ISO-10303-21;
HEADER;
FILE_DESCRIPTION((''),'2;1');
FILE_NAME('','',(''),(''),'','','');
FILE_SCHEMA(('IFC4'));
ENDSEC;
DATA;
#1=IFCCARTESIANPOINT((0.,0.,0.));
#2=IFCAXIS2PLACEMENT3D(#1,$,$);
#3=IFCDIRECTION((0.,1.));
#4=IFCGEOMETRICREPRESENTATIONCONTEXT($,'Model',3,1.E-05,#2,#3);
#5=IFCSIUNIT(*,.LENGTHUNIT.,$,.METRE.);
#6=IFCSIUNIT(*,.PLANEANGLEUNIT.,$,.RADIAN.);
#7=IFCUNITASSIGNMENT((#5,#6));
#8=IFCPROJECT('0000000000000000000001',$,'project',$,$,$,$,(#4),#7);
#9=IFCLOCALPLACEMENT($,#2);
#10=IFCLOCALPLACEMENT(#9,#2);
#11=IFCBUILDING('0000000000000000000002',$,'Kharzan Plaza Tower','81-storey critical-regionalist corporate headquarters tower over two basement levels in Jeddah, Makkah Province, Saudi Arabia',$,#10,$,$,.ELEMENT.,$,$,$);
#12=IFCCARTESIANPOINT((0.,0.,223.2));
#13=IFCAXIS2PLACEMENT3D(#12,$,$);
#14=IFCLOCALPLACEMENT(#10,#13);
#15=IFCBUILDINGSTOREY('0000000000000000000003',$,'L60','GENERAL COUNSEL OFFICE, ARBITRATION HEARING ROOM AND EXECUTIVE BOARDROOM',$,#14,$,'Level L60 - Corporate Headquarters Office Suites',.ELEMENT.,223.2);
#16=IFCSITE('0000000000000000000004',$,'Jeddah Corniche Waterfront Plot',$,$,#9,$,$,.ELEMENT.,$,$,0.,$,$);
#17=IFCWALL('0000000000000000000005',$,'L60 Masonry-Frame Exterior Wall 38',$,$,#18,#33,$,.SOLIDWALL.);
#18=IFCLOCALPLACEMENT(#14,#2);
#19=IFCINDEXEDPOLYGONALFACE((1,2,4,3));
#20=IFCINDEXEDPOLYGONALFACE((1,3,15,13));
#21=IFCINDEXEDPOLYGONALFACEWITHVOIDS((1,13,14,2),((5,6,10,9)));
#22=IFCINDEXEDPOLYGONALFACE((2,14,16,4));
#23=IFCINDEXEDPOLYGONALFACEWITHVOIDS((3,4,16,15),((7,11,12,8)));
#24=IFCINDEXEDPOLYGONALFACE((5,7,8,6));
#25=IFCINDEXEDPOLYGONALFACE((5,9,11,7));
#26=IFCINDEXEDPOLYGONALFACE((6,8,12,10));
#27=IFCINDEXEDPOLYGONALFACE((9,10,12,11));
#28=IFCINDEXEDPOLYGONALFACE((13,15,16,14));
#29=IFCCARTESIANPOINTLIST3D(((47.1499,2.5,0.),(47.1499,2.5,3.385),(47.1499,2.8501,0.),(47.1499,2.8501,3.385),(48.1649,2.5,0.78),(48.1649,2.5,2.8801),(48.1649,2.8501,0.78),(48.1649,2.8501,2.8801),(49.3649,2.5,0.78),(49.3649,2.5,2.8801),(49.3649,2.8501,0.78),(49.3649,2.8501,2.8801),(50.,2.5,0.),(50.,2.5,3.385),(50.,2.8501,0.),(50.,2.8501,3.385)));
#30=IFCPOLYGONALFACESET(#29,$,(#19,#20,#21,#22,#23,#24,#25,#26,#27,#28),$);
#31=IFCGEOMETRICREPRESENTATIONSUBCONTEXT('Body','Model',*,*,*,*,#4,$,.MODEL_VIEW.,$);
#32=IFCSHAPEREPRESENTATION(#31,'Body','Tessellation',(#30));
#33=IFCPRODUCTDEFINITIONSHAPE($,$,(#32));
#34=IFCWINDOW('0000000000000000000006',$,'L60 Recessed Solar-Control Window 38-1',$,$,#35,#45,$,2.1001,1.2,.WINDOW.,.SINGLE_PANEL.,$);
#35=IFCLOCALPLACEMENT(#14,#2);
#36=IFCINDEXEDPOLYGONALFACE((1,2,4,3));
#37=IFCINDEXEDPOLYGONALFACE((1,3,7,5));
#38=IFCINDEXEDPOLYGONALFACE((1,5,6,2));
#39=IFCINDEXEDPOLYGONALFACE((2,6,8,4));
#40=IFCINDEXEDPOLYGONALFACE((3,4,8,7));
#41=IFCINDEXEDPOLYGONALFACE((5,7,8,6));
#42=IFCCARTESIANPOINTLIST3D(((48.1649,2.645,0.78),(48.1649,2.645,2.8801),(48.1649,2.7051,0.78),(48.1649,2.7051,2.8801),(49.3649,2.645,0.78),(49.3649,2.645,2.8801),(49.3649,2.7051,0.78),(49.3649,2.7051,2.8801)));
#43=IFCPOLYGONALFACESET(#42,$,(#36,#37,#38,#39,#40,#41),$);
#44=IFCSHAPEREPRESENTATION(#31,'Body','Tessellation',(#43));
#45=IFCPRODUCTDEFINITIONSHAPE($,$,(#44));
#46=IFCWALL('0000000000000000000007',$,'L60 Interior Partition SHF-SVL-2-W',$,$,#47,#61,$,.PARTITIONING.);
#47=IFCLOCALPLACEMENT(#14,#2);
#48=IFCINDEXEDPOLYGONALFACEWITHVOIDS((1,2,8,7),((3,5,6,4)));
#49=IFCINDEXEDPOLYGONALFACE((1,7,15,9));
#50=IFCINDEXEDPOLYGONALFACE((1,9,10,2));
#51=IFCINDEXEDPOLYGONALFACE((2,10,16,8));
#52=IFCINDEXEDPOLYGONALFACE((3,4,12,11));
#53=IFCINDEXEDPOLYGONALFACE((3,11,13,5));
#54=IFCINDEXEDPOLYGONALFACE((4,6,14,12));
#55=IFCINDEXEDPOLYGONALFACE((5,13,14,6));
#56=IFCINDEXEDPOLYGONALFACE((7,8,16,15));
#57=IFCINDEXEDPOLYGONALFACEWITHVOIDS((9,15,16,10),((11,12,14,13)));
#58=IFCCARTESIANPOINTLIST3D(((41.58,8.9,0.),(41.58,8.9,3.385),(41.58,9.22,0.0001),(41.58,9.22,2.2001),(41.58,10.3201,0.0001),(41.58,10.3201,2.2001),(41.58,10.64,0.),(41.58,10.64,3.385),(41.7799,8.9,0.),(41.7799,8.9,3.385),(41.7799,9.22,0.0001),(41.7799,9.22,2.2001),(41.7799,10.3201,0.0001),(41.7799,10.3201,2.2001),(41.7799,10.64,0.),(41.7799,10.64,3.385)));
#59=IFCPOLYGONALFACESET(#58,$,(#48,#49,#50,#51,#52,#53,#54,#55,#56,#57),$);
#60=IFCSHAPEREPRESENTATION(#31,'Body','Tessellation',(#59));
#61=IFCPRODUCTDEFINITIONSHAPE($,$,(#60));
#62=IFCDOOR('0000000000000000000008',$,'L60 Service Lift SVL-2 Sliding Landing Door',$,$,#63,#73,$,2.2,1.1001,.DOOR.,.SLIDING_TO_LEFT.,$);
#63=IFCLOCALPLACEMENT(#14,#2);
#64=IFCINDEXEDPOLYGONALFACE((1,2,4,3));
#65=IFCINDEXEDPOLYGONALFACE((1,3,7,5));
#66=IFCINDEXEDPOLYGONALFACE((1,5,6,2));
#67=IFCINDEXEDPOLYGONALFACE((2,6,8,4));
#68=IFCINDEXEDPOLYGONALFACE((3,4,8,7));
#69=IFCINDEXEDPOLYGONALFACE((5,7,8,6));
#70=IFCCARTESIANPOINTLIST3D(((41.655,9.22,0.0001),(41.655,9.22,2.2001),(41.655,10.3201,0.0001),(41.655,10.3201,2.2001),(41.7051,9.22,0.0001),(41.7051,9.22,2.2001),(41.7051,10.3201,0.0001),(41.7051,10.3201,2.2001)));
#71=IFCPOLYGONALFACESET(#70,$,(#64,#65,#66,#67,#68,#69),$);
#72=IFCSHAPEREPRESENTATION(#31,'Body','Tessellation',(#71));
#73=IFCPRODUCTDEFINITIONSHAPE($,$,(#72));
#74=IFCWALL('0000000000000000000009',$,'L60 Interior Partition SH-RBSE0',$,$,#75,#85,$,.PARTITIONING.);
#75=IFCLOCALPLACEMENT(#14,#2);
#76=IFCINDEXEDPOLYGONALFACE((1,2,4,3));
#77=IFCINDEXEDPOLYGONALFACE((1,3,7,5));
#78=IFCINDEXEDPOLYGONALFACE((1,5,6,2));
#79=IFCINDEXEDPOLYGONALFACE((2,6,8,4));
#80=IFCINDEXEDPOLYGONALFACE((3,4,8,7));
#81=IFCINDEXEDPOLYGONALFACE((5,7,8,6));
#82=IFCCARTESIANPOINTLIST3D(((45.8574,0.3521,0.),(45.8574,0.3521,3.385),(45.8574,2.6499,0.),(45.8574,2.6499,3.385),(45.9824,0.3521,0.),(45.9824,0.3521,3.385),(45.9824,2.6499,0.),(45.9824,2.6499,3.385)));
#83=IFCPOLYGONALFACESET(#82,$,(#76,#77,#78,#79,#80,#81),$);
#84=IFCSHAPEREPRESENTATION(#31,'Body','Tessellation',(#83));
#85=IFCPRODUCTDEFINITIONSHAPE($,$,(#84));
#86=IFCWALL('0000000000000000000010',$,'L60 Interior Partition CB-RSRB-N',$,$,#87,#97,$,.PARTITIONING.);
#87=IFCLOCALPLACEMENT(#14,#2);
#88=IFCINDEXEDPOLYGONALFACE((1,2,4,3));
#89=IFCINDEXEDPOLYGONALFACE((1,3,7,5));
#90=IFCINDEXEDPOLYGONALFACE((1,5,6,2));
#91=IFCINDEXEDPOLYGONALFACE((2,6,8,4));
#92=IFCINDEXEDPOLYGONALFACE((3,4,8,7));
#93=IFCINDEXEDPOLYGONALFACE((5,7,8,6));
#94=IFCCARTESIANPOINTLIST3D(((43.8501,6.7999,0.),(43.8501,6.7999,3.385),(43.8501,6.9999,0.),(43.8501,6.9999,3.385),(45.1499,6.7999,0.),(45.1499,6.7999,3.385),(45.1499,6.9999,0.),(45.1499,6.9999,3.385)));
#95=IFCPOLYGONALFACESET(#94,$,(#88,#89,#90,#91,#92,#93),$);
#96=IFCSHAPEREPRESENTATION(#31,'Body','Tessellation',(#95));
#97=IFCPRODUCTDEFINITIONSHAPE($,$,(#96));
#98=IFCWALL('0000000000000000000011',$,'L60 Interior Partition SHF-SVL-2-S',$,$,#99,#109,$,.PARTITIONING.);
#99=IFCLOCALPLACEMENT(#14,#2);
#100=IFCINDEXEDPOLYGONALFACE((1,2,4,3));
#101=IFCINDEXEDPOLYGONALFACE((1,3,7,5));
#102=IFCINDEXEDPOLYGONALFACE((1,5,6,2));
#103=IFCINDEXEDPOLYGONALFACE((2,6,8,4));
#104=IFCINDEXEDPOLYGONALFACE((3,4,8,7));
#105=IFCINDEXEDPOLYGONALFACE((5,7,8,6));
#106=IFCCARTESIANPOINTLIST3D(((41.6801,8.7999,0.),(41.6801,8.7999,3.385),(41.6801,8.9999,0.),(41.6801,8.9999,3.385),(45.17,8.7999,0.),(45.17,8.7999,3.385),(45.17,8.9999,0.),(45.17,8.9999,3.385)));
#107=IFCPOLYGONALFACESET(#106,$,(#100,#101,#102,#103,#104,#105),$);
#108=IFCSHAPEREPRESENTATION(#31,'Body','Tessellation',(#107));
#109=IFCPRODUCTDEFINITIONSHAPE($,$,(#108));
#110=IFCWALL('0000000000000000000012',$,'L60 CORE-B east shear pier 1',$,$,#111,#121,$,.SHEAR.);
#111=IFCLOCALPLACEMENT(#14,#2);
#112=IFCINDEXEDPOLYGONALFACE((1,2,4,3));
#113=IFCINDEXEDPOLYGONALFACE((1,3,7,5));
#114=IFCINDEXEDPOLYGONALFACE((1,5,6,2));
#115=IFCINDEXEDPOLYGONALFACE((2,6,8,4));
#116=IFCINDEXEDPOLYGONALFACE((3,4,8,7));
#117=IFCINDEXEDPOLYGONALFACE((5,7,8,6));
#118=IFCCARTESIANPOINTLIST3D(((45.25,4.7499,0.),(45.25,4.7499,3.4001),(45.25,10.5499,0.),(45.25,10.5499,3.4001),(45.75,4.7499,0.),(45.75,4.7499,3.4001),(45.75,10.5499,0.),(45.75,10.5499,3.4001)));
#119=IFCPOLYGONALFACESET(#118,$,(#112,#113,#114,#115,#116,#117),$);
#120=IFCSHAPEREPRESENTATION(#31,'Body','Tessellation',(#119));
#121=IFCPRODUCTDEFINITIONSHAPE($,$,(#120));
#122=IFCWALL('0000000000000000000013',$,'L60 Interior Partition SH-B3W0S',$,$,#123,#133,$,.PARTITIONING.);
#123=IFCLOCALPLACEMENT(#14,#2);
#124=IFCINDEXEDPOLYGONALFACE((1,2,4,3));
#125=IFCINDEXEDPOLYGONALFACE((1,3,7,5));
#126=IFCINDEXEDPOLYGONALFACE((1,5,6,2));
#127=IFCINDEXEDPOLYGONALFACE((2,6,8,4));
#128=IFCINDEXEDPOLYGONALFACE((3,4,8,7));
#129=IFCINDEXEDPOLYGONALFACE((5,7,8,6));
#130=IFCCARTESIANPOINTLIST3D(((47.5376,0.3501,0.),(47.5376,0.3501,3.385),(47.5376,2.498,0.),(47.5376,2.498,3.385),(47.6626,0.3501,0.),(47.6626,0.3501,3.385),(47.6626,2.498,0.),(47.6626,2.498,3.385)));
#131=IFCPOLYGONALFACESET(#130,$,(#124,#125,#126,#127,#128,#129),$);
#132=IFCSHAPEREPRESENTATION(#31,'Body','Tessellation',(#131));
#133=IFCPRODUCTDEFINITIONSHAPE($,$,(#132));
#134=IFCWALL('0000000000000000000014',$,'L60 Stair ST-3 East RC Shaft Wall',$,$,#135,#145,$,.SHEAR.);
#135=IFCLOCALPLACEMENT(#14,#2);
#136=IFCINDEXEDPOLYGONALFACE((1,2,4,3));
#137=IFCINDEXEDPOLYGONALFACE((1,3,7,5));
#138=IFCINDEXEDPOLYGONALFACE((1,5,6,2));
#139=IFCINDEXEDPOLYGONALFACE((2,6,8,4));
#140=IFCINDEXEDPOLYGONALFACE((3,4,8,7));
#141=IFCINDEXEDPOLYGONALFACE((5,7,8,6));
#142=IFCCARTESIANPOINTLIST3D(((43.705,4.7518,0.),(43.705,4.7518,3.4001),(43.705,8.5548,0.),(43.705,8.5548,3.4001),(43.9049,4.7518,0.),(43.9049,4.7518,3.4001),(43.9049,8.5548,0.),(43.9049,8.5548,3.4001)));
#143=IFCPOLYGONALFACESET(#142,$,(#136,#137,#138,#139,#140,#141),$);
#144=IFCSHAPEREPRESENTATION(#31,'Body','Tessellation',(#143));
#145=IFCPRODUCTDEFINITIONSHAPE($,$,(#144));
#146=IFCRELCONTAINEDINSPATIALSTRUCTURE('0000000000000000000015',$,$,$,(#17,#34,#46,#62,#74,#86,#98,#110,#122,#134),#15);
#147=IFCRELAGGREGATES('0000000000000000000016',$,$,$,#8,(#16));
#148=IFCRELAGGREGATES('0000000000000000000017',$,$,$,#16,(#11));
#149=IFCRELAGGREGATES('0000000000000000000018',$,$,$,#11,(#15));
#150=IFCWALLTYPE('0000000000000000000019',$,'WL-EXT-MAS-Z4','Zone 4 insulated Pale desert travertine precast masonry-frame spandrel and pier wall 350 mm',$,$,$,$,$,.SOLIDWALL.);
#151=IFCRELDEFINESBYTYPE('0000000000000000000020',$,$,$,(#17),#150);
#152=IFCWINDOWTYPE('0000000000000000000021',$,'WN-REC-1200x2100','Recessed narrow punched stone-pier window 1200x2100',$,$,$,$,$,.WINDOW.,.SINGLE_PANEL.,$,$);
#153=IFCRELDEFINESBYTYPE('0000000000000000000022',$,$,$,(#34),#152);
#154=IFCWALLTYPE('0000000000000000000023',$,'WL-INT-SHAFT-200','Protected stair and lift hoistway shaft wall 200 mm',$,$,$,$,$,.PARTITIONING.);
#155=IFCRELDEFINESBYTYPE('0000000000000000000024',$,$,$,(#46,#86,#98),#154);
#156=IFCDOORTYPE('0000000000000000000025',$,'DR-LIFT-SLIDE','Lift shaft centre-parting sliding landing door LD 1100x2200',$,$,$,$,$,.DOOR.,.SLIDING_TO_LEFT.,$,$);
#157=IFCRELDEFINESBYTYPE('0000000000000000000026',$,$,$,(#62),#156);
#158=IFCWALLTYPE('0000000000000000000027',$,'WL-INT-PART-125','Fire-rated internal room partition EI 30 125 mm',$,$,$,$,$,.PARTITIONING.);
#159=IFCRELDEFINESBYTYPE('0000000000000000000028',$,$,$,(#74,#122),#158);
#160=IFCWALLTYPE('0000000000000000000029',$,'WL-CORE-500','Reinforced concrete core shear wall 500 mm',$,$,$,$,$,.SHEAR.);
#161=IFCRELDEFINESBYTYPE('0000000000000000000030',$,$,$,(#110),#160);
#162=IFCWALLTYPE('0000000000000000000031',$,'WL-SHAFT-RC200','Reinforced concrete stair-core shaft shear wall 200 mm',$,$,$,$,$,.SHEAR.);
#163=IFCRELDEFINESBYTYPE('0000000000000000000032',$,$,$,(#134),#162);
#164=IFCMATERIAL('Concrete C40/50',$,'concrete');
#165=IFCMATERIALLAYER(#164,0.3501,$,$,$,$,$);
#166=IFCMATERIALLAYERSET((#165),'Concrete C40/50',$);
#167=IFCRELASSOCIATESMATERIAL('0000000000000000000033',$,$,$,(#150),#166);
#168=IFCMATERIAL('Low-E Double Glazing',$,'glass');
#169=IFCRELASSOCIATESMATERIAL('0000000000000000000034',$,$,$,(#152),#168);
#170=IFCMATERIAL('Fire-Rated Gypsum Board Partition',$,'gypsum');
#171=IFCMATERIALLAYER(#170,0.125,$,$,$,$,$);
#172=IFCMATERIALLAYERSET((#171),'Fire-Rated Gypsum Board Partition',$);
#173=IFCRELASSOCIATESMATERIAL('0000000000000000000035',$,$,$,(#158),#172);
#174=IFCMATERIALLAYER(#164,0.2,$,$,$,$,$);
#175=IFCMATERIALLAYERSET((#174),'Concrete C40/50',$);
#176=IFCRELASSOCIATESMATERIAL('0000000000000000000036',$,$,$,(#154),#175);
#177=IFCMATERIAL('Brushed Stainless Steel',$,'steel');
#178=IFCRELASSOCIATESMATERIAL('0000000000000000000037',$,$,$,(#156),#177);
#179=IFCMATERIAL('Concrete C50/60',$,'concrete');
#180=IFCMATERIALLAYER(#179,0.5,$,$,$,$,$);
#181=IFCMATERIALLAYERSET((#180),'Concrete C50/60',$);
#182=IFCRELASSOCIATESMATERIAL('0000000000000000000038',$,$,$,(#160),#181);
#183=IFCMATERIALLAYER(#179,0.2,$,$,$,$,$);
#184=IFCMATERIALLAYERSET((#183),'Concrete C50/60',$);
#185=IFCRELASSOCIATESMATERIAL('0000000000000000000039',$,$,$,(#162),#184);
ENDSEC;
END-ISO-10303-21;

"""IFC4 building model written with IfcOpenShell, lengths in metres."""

from ifc_helpers import new_model, si_unit, direction, frame, frame_2d, origin, place, context, subcontext, project, spatial, rectangle, extrude, source, transform, mapped, material, layer, layer_set, type_object, element, fill, save


model = new_model("IFC4")

# Units and contexts
model_context = context("Model", 3, precision=1e-05, world=origin(), true_north=direction((0.0, 1.0)))
body_context = subcontext(model_context, "Body", "Model", "MODEL_VIEW")
ifc_project = project(units=[si_unit("LENGTHUNIT", "METRE"), si_unit("PLANEANGLEUNIT", "RADIAN")], contexts=[model_context])

# Site, building, storey
site_placement = place(None, origin())
site = spatial("IfcSite", under=ifc_project, at=site_placement, Name="Jeddah Corniche Waterfront Plot", CompositionType="ELEMENT", RefElevation=0.0)
building_placement = place(site_placement, origin())
building = spatial("IfcBuilding", under=site, at=building_placement, Name="Kharzan Plaza Tower", Description="81-storey critical-regionalist corporate headquarters tower over two basement levels in Jeddah, Makkah Province, Saudi Arabia", CompositionType="ELEMENT")
storey_placement = place(building_placement, frame((0.0, 0.0, 223.2)))
storey = spatial("IfcBuildingStorey", under=building, at=storey_placement, Name="L60", Description="GENERAL COUNSEL OFFICE, ARBITRATION HEARING ROOM AND EXECUTIVE BOARDROOM", LongName="Level L60 - Corporate Headquarters Office Suites", CompositionType="ELEMENT", Elevation=223.2)

# Shared definitions
ifc_material_1 = material(Name="Concrete C50/60", Category="concrete")

# Shared definitions
ifc_material_2 = material(Name="Concrete C40/50", Category="concrete")
ifc_layer_1 = layer(ifc_material_2, 0.3501)
ifc_layer_set_1 = layer_set([ifc_layer_1], Name="Concrete C40/50")
wall_type_1 = type_object("IfcWallType", Name="WL-EXT-MAS-Z4", Description="Zone 4 insulated Pale desert travertine precast masonry-frame spandrel and pier wall 350 mm", PredefinedType="SOLIDWALL", material=ifc_layer_set_1)
ifc_material_3 = material(Name="Low-E Double Glazing", Category="glass")

# Wall, opening, window
window_type_1 = type_object("IfcWindowType", Name="WN-REC-1200x2100", Description="Recessed narrow punched stone-pier window 1200x2100", PartitioningType="SINGLE_PANEL", PredefinedType="WINDOW", material=ifc_material_3)
shared_shape_1 = source(origin(), body_context, "Body", "SweptSolid", [
    extrude(rectangle(XDim=1.2, YDim=2.1001, at=frame_2d((0.6001, 1.05))), frame((0.0, 0.03, 0.0), z_axis=(0.0, -1.0, 0.0), x_axis=(1.0, 0.0, 0.0)), (0.0, 0.0, 1.0), 0.0601),
])
wall_1_placement = place(storey_placement, frame((47.1499, 2.675, 0.0), z_axis=(0.0, 0.0, 1.0), x_axis=(1.0, 0.0, 0.0)))
wall_1 = element("IfcWall", 1, at=wall_1_placement, inside=storey, type_object=wall_type_1, Name="L60 Masonry-Frame Exterior Wall 38", PredefinedType="SOLIDWALL", context=body_context, shape_type="SweptSolid", body=[
    extrude(rectangle(XDim=2.8501, YDim=0.3501, at=frame_2d((1.425, 0.0))), origin(), (0.0, 0.0, 1.0), 3.385),
])
opening_1_placement = place(wall_1_placement, frame((1.0149, 0.0, 0.78)))
opening_1 = element("IfcOpeningElement", 2, at=opening_1_placement, cuts=wall_1, PredefinedType="OPENING", context=body_context, shape_type="SweptSolid", body=[
    extrude(rectangle(XDim=1.2, YDim=2.1001, at=frame_2d((0.6001, 1.05))), frame((0.0, 0.1851, 0.0), z_axis=(0.0, -1.0, 0.0), x_axis=(1.0, 0.0, 0.0)), (0.0, 0.0, 1.0), 0.3701),
])
window_1_placement = place(opening_1_placement, origin())
window_1 = element("IfcWindow", 3, at=window_1_placement, inside=storey, type_object=window_type_1, Name="L60 Recessed Solar-Control Window 38-1", OverallHeight=2.1001, OverallWidth=1.2, PartitioningType="SINGLE_PANEL", PredefinedType="WINDOW", context=body_context, shape_type="MappedRepresentation", body=[
    mapped(shared_shape_1, transform((0.0, 0.0, 0.0), x_axis=(1.0, 0.0, 0.0), y_axis=(0.0, 1.0, 0.0), z_axis=(0.0, 0.0, 1.0))),
])
fill(opening_1, window_1)

# Wall, opening, door
ifc_material_4 = material(Name="Fire-Rated Gypsum Board Partition", Category="gypsum")
ifc_layer_2 = layer(ifc_material_4, 0.125)
ifc_layer_set_2 = layer_set([ifc_layer_2], Name="Fire-Rated Gypsum Board Partition")
wall_type_2 = type_object("IfcWallType", Name="WL-INT-PART-125", Description="Fire-rated internal room partition EI 30 125 mm", PredefinedType="PARTITIONING", material=ifc_layer_set_2)
ifc_layer_3 = layer(ifc_material_2, 0.2)
ifc_layer_set_3 = layer_set([ifc_layer_3], Name="Concrete C40/50")
wall_type_3 = type_object("IfcWallType", Name="WL-INT-SHAFT-200", Description="Protected stair and lift hoistway shaft wall 200 mm", PredefinedType="PARTITIONING", material=ifc_layer_set_3)
wall_2_placement = place(storey_placement, frame((41.6799, 8.8999, 0.0), z_axis=(0.0, 0.0, 1.0), x_axis=(0.0, 1.0, 0.0)))
wall_2 = element("IfcWall", 4, at=wall_2_placement, inside=storey, type_object=wall_type_3, Name="L60 Interior Partition SHF-SVL-2-W", PredefinedType="PARTITIONING", context=body_context, shape_type="SweptSolid", body=[
    extrude(rectangle(XDim=1.74, YDim=0.2, at=frame_2d((0.8701, 0.0))), origin(), (0.0, 0.0, 1.0), 3.385),
])
opening_2_placement = place(wall_2_placement, frame((0.3201, 0.0, 0.0)))
opening_2 = element("IfcOpeningElement", 5, at=opening_2_placement, cuts=wall_2, PredefinedType="OPENING", context=body_context, shape_type="SweptSolid", body=[
    extrude(rectangle(XDim=1.1001, YDim=2.2, at=frame_2d((0.55, 1.1001))), frame((0.0, 0.1099, 0.0), z_axis=(0.0, -1.0, 0.0), x_axis=(1.0, 0.0, 0.0)), (0.0, 0.0, 1.0), 0.22),
])
ifc_material_5 = material(Name="Brushed Stainless Steel", Category="steel")
door_type_1 = type_object("IfcDoorType", Name="DR-LIFT-SLIDE", Description="Lift shaft centre-parting sliding landing door LD 1100x2200", OperationType="SLIDING_TO_LEFT", PredefinedType="DOOR", material=ifc_material_5)
shared_shape_2 = source(origin(), body_context, "Body", "SweptSolid", [
    extrude(rectangle(XDim=1.1001, YDim=2.2, at=frame_2d((0.55, 1.1001))), frame((0.0, 0.0249, 0.0), z_axis=(0.0, -1.0, 0.0), x_axis=(1.0, 0.0, 0.0)), (0.0, 0.0, 1.0), 0.05),
])
door_1_placement = place(opening_2_placement, origin())
door_1 = element("IfcDoor", 6, at=door_1_placement, inside=storey, type_object=door_type_1, Name="L60 Service Lift SVL-2 Sliding Landing Door", OperationType="SLIDING_TO_LEFT", OverallHeight=2.2, OverallWidth=1.1001, PredefinedType="DOOR", context=body_context, shape_type="MappedRepresentation", body=[
    mapped(shared_shape_2, transform((0.0, 0.0, 0.0), x_axis=(1.0, 0.0, 0.0), y_axis=(0.0, 1.0, 0.0), z_axis=(0.0, 0.0, 1.0))),
])
fill(opening_2, door_1)

# Walls
shared_shape_3 = source(origin(), body_context, "Body", "SweptSolid", [
    extrude(rectangle(XDim=2.2979, YDim=0.125, at=frame_2d((1.1489, 0.0))), origin(), (0.0, 0.0, 1.0), 3.385),
])
wall_3_placement = place(storey_placement, frame((45.9199, 0.3521, 0.0), z_axis=(0.0, 0.0, 1.0), x_axis=(0.0, 1.0, 0.0)))
element("IfcWall", 7, at=wall_3_placement, inside=storey, type_object=wall_type_2, Name="L60 Interior Partition SH-RBSE0", PredefinedType="PARTITIONING", context=body_context, shape_type="MappedRepresentation", body=[
    mapped(shared_shape_3, transform((0.0, 0.0, 0.0), x_axis=(1.0, 0.0, 0.0), y_axis=(0.0, 1.0, 0.0), z_axis=(0.0, 0.0, 1.0))),
])
shared_shape_4 = source(origin(), body_context, "Body", "SweptSolid", [
    extrude(rectangle(XDim=1.2998, YDim=0.2, at=frame_2d((0.6499, 0.0))), origin(), (0.0, 0.0, 1.0), 3.385),
])
wall_4_placement = place(storey_placement, frame((43.8501, 6.8999, 0.0), z_axis=(0.0, 0.0, 1.0), x_axis=(1.0, 0.0, 0.0)))
element("IfcWall", 8, at=wall_4_placement, inside=storey, type_object=wall_type_3, Name="L60 Interior Partition CB-RSRB-N", PredefinedType="PARTITIONING", context=body_context, shape_type="MappedRepresentation", body=[
    mapped(shared_shape_4, transform((0.0, 0.0, 0.0), x_axis=(1.0, 0.0, 0.0), y_axis=(0.0, 1.0, 0.0), z_axis=(0.0, 0.0, 1.0))),
])
shared_shape_5 = source(origin(), body_context, "Body", "SweptSolid", [
    extrude(rectangle(XDim=3.49, YDim=0.2, at=frame_2d((1.7451, 0.0))), origin(), (0.0, 0.0, 1.0), 3.385),
])
wall_5_placement = place(storey_placement, frame((41.6799, 8.8999, 0.0), z_axis=(0.0, 0.0, 1.0), x_axis=(1.0, 0.0, 0.0)))
element("IfcWall", 9, at=wall_5_placement, inside=storey, type_object=wall_type_3, Name="L60 Interior Partition SHF-SVL-2-S", PredefinedType="PARTITIONING", context=body_context, shape_type="MappedRepresentation", body=[
    mapped(shared_shape_5, transform((0.0, 0.0, 0.0), x_axis=(1.0, 0.0, 0.0), y_axis=(0.0, 1.0, 0.0), z_axis=(0.0, 0.0, 1.0))),
])
ifc_layer_4 = layer(ifc_material_1, 0.5)
ifc_layer_set_4 = layer_set([ifc_layer_4], Name="Concrete C50/60")
wall_type_4 = type_object("IfcWallType", Name="WL-CORE-500", Description="Reinforced concrete core shear wall 500 mm", PredefinedType="SHEAR", material=ifc_layer_set_4)
shared_shape_6 = source(origin(), body_context, "Body", "SweptSolid", [
    extrude(rectangle(XDim=5.8, YDim=0.5, at=frame_2d((2.8999, 0.0))), origin(), (0.0, 0.0, 1.0), 3.4001),
])
wall_6_placement = place(storey_placement, frame((45.5, 4.75, 0.0), z_axis=(0.0, 0.0, 1.0), x_axis=(0.0, 1.0, 0.0)))
element("IfcWall", 10, at=wall_6_placement, inside=storey, type_object=wall_type_4, Name="L60 CORE-B east shear pier 1", PredefinedType="SHEAR", context=body_context, shape_type="MappedRepresentation", body=[
    mapped(shared_shape_6, transform((0.0, 0.0, 0.0), x_axis=(1.0, 0.0, 0.0), y_axis=(0.0, 1.0, 0.0), z_axis=(0.0, 0.0, 1.0))),
])
shared_shape_7 = source(origin(), body_context, "Body", "SweptSolid", [
    extrude(rectangle(XDim=2.1479, YDim=0.125, at=frame_2d((1.074, 0.0))), origin(), (0.0, 0.0, 1.0), 3.385),
])
wall_7_placement = place(storey_placement, frame((47.6001, 0.3501, 0.0), z_axis=(0.0, 0.0, 1.0), x_axis=(0.0, 1.0, 0.0)))
element("IfcWall", 11, at=wall_7_placement, inside=storey, type_object=wall_type_2, Name="L60 Interior Partition SH-B3W0S", PredefinedType="PARTITIONING", context=body_context, shape_type="MappedRepresentation", body=[
    mapped(shared_shape_7, transform((0.0, 0.0, 0.0), x_axis=(1.0, 0.0, 0.0), y_axis=(0.0, 1.0, 0.0), z_axis=(0.0, 0.0, 1.0))),
])
ifc_layer_5 = layer(ifc_material_1, 0.2)
ifc_layer_set_5 = layer_set([ifc_layer_5], Name="Concrete C50/60")
wall_type_5 = type_object("IfcWallType", Name="WL-SHAFT-RC200", Description="Reinforced concrete stair-core shaft shear wall 200 mm", PredefinedType="SHEAR", material=ifc_layer_set_5)
shared_shape_8 = source(origin(), body_context, "Body", "SweptSolid", [
    extrude(rectangle(XDim=3.803, YDim=0.2, at=frame_2d((1.9014, 0.0))), origin(), (0.0, 0.0, 1.0), 3.4001),
])
wall_8_placement = place(storey_placement, frame((43.8049, 4.752, 0.0), z_axis=(0.0, 0.0, 1.0), x_axis=(0.0, 1.0, 0.0)))
element("IfcWall", 12, at=wall_8_placement, inside=storey, type_object=wall_type_5, Name="L60 Stair ST-3 East RC Shaft Wall", PredefinedType="SHEAR", context=body_context, shape_type="MappedRepresentation", body=[
    mapped(shared_shape_8, transform((0.0, 0.0, 0.0), x_axis=(1.0, 0.0, 0.0), y_axis=(0.0, 1.0, 0.0), z_axis=(0.0, 0.0, 1.0))),
])

save(model, "model.ifc")
